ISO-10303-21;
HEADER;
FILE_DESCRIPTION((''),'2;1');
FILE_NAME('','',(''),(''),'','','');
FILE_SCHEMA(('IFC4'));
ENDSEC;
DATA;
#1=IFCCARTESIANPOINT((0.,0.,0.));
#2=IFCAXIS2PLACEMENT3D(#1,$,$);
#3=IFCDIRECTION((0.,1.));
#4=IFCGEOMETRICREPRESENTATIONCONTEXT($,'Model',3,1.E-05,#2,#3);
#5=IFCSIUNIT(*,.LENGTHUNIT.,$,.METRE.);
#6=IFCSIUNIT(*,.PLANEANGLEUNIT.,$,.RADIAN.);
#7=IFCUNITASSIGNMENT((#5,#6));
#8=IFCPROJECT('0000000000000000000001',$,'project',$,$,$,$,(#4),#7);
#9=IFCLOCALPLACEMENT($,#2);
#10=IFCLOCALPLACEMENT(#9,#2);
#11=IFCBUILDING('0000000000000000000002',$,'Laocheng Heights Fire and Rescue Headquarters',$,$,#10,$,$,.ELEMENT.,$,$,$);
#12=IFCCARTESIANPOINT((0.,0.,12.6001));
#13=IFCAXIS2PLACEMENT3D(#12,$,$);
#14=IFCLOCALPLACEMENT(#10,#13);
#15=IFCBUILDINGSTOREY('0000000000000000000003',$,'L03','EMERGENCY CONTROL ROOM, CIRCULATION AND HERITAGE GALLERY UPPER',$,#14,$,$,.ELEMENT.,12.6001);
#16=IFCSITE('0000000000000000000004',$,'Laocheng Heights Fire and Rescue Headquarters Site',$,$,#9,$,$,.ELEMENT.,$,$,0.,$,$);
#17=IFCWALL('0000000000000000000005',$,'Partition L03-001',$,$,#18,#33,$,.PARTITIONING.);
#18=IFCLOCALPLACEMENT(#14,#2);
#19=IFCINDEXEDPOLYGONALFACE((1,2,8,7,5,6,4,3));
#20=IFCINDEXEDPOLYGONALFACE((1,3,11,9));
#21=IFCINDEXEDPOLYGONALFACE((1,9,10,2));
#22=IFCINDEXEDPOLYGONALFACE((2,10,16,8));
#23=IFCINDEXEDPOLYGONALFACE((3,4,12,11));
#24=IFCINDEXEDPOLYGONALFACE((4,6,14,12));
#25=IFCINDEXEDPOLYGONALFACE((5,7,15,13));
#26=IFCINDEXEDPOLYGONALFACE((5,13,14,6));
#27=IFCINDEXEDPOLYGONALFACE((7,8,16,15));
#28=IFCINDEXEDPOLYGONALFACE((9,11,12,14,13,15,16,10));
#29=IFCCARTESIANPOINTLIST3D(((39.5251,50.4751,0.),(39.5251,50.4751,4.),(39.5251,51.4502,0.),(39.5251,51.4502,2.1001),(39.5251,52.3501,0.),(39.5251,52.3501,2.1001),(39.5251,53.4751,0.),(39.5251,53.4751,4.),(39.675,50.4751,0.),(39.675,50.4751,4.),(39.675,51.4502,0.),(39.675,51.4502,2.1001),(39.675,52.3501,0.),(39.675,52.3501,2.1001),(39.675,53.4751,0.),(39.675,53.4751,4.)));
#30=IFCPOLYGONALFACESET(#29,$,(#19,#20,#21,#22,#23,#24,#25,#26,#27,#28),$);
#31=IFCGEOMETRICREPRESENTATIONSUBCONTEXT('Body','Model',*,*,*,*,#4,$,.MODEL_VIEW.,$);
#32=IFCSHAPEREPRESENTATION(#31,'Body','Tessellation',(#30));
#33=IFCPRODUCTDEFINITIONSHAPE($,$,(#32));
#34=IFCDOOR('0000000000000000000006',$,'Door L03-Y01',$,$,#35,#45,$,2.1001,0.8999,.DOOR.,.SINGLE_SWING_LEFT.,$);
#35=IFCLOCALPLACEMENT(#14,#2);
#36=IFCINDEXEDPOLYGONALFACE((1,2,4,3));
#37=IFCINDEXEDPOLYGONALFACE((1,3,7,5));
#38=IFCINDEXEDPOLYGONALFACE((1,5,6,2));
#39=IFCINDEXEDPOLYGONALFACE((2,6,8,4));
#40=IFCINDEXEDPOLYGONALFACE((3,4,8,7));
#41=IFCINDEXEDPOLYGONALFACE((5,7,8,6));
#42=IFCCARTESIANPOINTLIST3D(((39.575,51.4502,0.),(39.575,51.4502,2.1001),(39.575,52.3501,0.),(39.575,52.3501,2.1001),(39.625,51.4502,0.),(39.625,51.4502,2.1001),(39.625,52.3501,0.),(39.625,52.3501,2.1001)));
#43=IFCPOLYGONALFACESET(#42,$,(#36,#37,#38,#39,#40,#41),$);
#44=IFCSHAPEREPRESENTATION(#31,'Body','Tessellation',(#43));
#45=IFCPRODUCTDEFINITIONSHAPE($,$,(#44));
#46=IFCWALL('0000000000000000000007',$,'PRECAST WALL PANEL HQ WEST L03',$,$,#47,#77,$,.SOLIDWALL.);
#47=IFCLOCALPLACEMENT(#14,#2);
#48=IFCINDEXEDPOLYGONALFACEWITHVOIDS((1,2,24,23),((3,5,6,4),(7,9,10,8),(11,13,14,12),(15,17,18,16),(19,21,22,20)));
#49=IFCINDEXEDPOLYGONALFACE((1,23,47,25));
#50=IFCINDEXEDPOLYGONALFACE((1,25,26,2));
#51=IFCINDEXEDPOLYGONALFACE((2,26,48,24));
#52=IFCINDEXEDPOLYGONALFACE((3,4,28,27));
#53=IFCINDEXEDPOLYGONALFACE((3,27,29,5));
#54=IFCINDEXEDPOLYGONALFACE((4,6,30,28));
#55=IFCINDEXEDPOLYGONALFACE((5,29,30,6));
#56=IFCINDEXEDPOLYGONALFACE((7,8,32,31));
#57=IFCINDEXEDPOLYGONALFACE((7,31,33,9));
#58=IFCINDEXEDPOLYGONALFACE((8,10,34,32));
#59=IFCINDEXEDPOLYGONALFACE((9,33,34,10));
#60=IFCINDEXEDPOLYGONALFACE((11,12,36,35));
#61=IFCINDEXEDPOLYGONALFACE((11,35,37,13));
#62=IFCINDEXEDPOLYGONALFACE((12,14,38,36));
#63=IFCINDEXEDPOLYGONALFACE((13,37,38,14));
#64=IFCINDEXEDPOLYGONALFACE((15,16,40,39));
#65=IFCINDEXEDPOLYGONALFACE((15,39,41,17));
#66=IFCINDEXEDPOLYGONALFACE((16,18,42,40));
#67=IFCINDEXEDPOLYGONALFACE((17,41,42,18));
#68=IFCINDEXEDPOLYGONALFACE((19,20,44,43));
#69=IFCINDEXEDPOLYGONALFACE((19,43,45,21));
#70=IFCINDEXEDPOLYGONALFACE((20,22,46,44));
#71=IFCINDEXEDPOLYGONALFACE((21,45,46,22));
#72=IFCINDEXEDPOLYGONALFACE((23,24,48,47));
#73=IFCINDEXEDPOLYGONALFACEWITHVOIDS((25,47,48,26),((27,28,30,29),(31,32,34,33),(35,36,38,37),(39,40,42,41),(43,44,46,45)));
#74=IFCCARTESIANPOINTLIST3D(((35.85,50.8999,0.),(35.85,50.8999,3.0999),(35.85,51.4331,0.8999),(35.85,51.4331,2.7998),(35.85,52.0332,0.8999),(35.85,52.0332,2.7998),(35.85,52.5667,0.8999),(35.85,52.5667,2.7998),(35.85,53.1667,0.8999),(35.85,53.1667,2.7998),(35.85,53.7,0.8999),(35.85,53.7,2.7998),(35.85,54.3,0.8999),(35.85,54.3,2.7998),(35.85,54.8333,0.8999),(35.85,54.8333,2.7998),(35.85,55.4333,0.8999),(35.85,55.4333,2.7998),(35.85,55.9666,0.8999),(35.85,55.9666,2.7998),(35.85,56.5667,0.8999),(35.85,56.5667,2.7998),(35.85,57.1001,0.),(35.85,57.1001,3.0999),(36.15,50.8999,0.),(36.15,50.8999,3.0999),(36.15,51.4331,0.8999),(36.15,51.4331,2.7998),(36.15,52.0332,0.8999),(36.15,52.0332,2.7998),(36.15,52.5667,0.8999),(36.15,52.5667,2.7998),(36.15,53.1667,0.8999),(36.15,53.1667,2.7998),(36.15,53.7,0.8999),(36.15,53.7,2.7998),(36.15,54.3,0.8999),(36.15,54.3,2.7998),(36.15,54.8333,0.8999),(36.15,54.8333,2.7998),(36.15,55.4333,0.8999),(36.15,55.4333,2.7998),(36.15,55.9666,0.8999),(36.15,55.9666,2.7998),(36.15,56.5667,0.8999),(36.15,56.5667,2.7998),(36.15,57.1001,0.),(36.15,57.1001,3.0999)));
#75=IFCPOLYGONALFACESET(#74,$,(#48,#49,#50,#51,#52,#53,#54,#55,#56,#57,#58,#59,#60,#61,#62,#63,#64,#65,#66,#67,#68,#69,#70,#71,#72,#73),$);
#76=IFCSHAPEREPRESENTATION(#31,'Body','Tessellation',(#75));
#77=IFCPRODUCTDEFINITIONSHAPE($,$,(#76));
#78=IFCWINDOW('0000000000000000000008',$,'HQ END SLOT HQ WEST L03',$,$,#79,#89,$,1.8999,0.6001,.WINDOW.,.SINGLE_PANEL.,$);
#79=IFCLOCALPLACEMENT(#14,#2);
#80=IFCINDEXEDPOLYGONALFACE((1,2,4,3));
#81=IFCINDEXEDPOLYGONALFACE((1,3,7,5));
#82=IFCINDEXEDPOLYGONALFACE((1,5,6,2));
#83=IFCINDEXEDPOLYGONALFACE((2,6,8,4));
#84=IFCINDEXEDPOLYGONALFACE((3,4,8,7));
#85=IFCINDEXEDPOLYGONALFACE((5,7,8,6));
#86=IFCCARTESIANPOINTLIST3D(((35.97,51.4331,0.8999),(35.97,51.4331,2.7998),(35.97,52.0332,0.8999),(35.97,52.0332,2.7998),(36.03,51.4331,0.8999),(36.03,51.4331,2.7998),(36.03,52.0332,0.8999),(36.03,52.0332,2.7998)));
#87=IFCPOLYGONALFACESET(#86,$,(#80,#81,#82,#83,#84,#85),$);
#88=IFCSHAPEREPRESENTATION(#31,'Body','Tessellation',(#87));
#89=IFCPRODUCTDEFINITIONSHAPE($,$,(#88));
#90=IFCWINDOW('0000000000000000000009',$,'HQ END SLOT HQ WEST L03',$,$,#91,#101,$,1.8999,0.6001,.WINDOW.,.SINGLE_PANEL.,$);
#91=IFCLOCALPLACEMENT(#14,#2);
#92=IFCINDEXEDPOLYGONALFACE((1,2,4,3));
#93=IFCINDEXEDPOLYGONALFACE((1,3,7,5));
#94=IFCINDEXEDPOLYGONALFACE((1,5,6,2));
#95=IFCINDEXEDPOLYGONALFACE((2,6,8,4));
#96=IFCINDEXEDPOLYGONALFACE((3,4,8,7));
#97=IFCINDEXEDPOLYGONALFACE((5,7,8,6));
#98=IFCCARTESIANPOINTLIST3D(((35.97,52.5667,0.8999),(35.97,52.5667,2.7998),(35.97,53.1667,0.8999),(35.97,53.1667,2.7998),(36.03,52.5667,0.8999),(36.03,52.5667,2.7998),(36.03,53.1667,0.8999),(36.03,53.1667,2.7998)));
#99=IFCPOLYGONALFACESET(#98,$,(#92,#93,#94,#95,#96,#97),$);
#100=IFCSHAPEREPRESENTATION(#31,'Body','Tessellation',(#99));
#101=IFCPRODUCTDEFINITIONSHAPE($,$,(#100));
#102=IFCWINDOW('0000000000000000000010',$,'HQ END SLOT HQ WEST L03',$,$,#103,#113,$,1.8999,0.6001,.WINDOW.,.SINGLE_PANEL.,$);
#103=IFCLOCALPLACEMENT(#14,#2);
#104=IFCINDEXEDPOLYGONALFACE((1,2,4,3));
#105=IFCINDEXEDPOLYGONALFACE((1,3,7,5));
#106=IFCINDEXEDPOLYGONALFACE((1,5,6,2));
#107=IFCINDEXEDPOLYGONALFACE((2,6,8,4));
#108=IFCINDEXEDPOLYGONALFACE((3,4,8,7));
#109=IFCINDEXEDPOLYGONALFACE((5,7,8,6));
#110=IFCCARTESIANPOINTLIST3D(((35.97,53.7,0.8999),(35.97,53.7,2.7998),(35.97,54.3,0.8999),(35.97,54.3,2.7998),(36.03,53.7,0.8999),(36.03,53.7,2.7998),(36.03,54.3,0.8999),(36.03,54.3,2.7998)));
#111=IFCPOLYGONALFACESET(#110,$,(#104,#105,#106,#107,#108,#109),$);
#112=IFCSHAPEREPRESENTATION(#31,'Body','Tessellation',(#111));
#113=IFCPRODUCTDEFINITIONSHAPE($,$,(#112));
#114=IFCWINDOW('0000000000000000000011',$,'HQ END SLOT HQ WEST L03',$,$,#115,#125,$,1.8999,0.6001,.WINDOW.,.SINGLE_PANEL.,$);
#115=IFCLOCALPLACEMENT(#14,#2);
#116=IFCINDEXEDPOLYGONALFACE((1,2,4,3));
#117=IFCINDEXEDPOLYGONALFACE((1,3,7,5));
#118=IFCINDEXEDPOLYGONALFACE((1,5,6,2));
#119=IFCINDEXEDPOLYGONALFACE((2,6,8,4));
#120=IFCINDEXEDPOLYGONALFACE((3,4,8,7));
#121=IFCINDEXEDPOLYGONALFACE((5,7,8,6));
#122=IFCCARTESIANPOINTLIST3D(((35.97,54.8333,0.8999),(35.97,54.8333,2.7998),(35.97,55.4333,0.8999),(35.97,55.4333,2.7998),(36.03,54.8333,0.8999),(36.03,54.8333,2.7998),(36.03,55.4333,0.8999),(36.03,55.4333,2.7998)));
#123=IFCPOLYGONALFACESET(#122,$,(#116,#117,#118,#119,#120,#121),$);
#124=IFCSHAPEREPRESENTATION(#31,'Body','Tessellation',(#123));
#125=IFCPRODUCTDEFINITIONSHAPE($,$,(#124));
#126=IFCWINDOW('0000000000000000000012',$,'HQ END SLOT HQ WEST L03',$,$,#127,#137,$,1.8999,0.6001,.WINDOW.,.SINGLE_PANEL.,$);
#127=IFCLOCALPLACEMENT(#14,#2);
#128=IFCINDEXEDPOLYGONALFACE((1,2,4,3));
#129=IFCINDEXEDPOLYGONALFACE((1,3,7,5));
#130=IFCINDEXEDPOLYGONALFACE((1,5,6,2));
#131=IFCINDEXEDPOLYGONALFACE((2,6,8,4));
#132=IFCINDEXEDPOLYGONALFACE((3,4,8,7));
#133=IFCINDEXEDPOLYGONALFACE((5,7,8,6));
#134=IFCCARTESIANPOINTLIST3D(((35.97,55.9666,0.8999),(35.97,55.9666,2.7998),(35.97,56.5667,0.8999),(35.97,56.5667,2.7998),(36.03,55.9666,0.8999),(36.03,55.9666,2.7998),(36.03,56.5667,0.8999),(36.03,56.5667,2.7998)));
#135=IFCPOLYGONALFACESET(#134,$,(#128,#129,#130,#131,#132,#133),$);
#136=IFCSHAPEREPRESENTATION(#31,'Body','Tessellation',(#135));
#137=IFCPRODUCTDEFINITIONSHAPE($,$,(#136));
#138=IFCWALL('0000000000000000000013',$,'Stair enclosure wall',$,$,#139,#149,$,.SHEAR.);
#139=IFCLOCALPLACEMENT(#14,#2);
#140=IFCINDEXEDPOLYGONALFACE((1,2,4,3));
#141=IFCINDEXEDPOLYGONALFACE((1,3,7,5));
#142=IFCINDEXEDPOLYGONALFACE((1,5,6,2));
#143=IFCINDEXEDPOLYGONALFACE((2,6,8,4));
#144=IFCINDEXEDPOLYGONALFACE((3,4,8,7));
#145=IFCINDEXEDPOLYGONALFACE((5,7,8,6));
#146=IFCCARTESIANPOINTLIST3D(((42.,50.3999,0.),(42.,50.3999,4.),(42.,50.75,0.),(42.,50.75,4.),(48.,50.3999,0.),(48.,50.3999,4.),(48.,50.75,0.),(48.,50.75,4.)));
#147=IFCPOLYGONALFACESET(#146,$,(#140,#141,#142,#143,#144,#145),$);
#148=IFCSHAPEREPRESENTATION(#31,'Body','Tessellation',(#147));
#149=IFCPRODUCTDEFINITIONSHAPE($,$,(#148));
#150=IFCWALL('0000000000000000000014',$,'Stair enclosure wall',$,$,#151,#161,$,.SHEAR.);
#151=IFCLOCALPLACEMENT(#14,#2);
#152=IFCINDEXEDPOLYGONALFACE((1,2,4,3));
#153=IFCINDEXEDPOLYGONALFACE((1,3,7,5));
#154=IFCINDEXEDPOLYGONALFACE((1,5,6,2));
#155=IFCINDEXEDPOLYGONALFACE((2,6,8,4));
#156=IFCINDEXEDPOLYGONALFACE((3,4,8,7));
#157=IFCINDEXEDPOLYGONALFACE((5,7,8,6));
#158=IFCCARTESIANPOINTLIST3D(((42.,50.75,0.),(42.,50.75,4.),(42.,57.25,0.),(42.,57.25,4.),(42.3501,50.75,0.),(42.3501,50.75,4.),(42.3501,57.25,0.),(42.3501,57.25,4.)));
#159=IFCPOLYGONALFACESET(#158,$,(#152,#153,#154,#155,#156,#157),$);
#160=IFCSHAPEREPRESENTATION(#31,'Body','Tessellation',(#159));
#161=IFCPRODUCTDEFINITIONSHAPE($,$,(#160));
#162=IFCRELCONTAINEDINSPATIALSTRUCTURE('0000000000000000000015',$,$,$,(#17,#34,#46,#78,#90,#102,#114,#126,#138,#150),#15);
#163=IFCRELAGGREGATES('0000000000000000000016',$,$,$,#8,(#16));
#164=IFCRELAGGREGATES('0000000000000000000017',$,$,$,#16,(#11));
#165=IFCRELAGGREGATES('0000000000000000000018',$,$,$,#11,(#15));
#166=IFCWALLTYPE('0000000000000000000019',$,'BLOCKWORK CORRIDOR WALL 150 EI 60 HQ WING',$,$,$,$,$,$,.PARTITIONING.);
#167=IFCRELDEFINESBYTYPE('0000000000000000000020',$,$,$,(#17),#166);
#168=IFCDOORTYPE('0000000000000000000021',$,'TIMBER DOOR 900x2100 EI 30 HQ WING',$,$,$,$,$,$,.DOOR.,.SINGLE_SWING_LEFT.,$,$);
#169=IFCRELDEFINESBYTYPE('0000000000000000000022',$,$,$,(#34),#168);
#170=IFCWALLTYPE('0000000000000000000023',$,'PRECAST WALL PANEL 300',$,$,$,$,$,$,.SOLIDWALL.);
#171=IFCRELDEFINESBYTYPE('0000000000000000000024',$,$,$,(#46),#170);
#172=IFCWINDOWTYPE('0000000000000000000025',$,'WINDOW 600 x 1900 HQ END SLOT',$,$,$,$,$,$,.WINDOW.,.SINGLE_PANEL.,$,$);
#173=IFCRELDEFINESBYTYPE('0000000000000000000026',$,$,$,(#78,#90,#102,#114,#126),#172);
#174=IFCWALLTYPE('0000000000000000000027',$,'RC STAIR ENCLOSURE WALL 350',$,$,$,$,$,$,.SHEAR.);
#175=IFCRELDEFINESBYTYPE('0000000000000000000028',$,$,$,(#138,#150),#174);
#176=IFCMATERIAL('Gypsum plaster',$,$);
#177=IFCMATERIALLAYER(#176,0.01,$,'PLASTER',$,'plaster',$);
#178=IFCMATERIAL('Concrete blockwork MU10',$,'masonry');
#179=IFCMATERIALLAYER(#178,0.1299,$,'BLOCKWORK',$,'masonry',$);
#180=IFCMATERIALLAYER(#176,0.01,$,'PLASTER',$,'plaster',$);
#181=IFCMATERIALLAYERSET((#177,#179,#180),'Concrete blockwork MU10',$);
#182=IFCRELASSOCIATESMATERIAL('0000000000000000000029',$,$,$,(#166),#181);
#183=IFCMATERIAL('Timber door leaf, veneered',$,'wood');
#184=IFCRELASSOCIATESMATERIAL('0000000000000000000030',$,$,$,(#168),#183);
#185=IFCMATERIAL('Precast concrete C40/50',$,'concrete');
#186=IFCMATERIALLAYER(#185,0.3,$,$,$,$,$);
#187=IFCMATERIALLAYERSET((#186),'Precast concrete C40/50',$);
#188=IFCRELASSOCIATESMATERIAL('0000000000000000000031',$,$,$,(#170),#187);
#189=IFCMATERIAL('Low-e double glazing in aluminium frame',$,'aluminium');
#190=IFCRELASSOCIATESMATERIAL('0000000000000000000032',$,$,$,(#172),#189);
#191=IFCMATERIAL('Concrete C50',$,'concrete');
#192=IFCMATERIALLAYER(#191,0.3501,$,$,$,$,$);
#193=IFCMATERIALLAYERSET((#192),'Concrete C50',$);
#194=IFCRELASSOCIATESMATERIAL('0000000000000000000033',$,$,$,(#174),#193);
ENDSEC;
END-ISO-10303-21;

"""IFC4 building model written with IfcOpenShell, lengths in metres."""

from ifc_helpers import new_model, si_unit, direction, frame, frame_2d, origin, place, context, subcontext, project, spatial, rectangle, extrude, material, layer, layer_set, type_object, element, fill, save


model = new_model("IFC4")

# Units and contexts
model_context = context("Model", 3, precision=1e-05, world=origin(), true_north=direction((0.0, 1.0)))
body_context = subcontext(model_context, "Body", "Model", "MODEL_VIEW")
ifc_project = project(units=[si_unit("LENGTHUNIT", "METRE"), si_unit("PLANEANGLEUNIT", "RADIAN")], contexts=[model_context])

# Site, building, storey
site_placement = place(None, origin())
site = spatial("IfcSite", under=ifc_project, at=site_placement, Name="Laocheng Heights Fire and Rescue Headquarters Site", CompositionType="ELEMENT", RefElevation=0.0)
building_placement = place(site_placement, origin())
building = spatial("IfcBuilding", under=site, at=building_placement, Name="Laocheng Heights Fire and Rescue Headquarters", CompositionType="ELEMENT")
storey_placement = place(building_placement, frame((0.0, 0.0, 12.6001)))
storey = spatial("IfcBuildingStorey", under=building, at=storey_placement, Name="L03", Description="EMERGENCY CONTROL ROOM, CIRCULATION AND HERITAGE GALLERY UPPER", CompositionType="ELEMENT", Elevation=12.6001)

# Wall, opening, door
ifc_material_1 = material(Name="Gypsum plaster")
ifc_layer_1 = layer(ifc_material_1, 0.01, Name="PLASTER", Category="plaster")
ifc_material_2 = material(Name="Concrete blockwork MU10", Category="masonry")
ifc_layer_2 = layer(ifc_material_2, 0.1299, Name="BLOCKWORK", Category="masonry")
ifc_layer_3 = layer(ifc_material_1, 0.01, Name="PLASTER", Category="plaster")
ifc_layer_set_1 = layer_set([ifc_layer_1, ifc_layer_2, ifc_layer_3], Name="Concrete blockwork MU10")
wall_type_1 = type_object("IfcWallType", Name="BLOCKWORK CORRIDOR WALL 150 EI 60 HQ WING", PredefinedType="PARTITIONING", material=ifc_layer_set_1)
wall_1_placement = place(storey_placement, frame((39.6001, 50.4751, 0.0), z_axis=(0.0, 0.0, 1.0), x_axis=(0.0, 1.0, 0.0)))
wall_1 = element("IfcWall", 1, at=wall_1_placement, inside=storey, type_object=wall_type_1, Name="Partition L03-001", PredefinedType="PARTITIONING", context=body_context, shape_type="SweptSolid", body=[
    extrude(rectangle(XDim=3.0, YDim=0.1499, at=frame_2d((1.5, 0.0))), origin(), (0.0, 0.0, 1.0), 4.0),
])
opening_1_placement = place(wall_1_placement, frame((0.9751, 0.0, 0.0)))
opening_1 = element("IfcOpeningElement", 2, at=opening_1_placement, cuts=wall_1, PredefinedType="OPENING", context=body_context, shape_type="SweptSolid", body=[
    extrude(rectangle(XDim=0.8999, YDim=2.1001, at=frame_2d((0.45, 1.05))), frame((0.0, 0.085, 0.0), z_axis=(0.0, -1.0, 0.0), x_axis=(1.0, 0.0, 0.0)), (0.0, 0.0, 1.0), 0.1699),
])
ifc_material_3 = material(Name="Timber door leaf, veneered", Category="wood")
door_type = type_object("IfcDoorType", Name="TIMBER DOOR 900x2100 EI 30 HQ WING", OperationType="SINGLE_SWING_LEFT", PredefinedType="DOOR", material=ifc_material_3)
door_placement = place(opening_1_placement, frame((0.8999, 0.0, 0.0), z_axis=(0.0, 0.0, 1.0), x_axis=(-1.0, 0.0, 0.0)))
door = element("IfcDoor", 3, at=door_placement, inside=storey, type_object=door_type, Name="Door L03-Y01", OperationType="SINGLE_SWING_LEFT", OverallHeight=2.1001, OverallWidth=0.8999, PredefinedType="DOOR", context=body_context, shape_type="SweptSolid", body=[
    extrude(rectangle(XDim=0.8999, YDim=2.1001, at=frame_2d((0.45, 1.05))), frame((0.0, 0.0249, 0.0), z_axis=(0.0, -1.0, 0.0), x_axis=(1.0, 0.0, 0.0)), (0.0, 0.0, 1.0), 0.05),
])
fill(opening_1, door)

# Wall, openings, windows
ifc_material_4 = material(Name="Precast concrete C40/50", Category="concrete")
ifc_layer_4 = layer(ifc_material_4, 0.3)
ifc_layer_set_2 = layer_set([ifc_layer_4], Name="Precast concrete C40/50")
wall_type_2 = type_object("IfcWallType", Name="PRECAST WALL PANEL 300", PredefinedType="SOLIDWALL", material=ifc_layer_set_2)
wall_2_placement = place(storey_placement, frame((36.0, 50.8999, 0.0), z_axis=(0.0, 0.0, 1.0), x_axis=(0.0, 1.0, 0.0)))
wall_2 = element("IfcWall", 4, at=wall_2_placement, inside=storey, type_object=wall_type_2, Name="PRECAST WALL PANEL HQ WEST L03", PredefinedType="SOLIDWALL", context=body_context, shape_type="SweptSolid", body=[
    extrude(rectangle(XDim=6.2002, YDim=0.3, at=frame_2d((3.1001, 0.0))), origin(), (0.0, 0.0, 1.0), 3.0999),
])
opening_2_placement = place(wall_2_placement, frame((0.5332, 0.0, 0.8999)))
opening_2 = element("IfcOpeningElement", 5, at=opening_2_placement, cuts=wall_2, PredefinedType="OPENING", context=body_context, shape_type="SweptSolid", body=[
    extrude(rectangle(XDim=0.6001, YDim=1.8999, at=frame_2d((0.3, 0.95))), frame((0.0, 0.1599, 0.0), z_axis=(0.0, -1.0, 0.0), x_axis=(1.0, 0.0, 0.0)), (0.0, 0.0, 1.0), 0.3201),
])
opening_3_placement = place(wall_2_placement, frame((1.6667, 0.0, 0.8999)))
opening_3 = element("IfcOpeningElement", 6, at=opening_3_placement, cuts=wall_2, PredefinedType="OPENING", context=body_context, shape_type="SweptSolid", body=[
    extrude(rectangle(XDim=0.6001, YDim=1.8999, at=frame_2d((0.3, 0.95))), frame((0.0, 0.1599, 0.0), z_axis=(0.0, -1.0, 0.0), x_axis=(1.0, 0.0, 0.0)), (0.0, 0.0, 1.0), 0.3201),
])
opening_4_placement = place(wall_2_placement, frame((2.8, 0.0, 0.8999)))
opening_4 = element("IfcOpeningElement", 7, at=opening_4_placement, cuts=wall_2, PredefinedType="OPENING", context=body_context, shape_type="SweptSolid", body=[
    extrude(rectangle(XDim=0.6001, YDim=1.8999, at=frame_2d((0.3, 0.95))), frame((0.0, 0.1599, 0.0), z_axis=(0.0, -1.0, 0.0), x_axis=(1.0, 0.0, 0.0)), (0.0, 0.0, 1.0), 0.3201),
])
opening_5_placement = place(wall_2_placement, frame((3.9333, 0.0, 0.8999)))
opening_5 = element("IfcOpeningElement", 8, at=opening_5_placement, cuts=wall_2, PredefinedType="OPENING", context=body_context, shape_type="SweptSolid", body=[
    extrude(rectangle(XDim=0.6001, YDim=1.8999, at=frame_2d((0.3, 0.95))), frame((0.0, 0.1599, 0.0), z_axis=(0.0, -1.0, 0.0), x_axis=(1.0, 0.0, 0.0)), (0.0, 0.0, 1.0), 0.3201),
])
opening_6_placement = place(wall_2_placement, frame((5.0667, 0.0, 0.8999)))
opening_6 = element("IfcOpeningElement", 9, at=opening_6_placement, cuts=wall_2, PredefinedType="OPENING", context=body_context, shape_type="SweptSolid", body=[
    extrude(rectangle(XDim=0.6001, YDim=1.8999, at=frame_2d((0.3, 0.95))), frame((0.0, 0.1599, 0.0), z_axis=(0.0, -1.0, 0.0), x_axis=(1.0, 0.0, 0.0)), (0.0, 0.0, 1.0), 0.3201),
])
ifc_material_5 = material(Name="Low-e double glazing in aluminium frame", Category="aluminium")
window_type = type_object("IfcWindowType", Name="WINDOW 600 x 1900 HQ END SLOT", PartitioningType="SINGLE_PANEL", PredefinedType="WINDOW", material=ifc_material_5)
window_1_placement = place(opening_2_placement, origin())
window_1 = element("IfcWindow", 10, at=window_1_placement, inside=storey, type_object=window_type, Name="HQ END SLOT HQ WEST L03", OverallHeight=1.8999, OverallWidth=0.6001, PartitioningType="SINGLE_PANEL", PredefinedType="WINDOW", context=body_context, shape_type="SweptSolid", body=[
    extrude(rectangle(XDim=0.6001, YDim=1.8999, at=frame_2d((0.3, 0.95))), frame((0.0, 0.03, 0.0), z_axis=(0.0, -1.0, 0.0), x_axis=(1.0, 0.0, 0.0)), (0.0, 0.0, 1.0), 0.0601),
])
fill(opening_2, window_1)
window_2_placement = place(opening_3_placement, origin())
window_2 = element("IfcWindow", 11, at=window_2_placement, inside=storey, type_object=window_type, Name="HQ END SLOT HQ WEST L03", OverallHeight=1.8999, OverallWidth=0.6001, PartitioningType="SINGLE_PANEL", PredefinedType="WINDOW", context=body_context, shape_type="SweptSolid", body=[
    extrude(rectangle(XDim=0.6001, YDim=1.8999, at=frame_2d((0.3, 0.95))), frame((0.0, 0.03, 0.0), z_axis=(0.0, -1.0, 0.0), x_axis=(1.0, 0.0, 0.0)), (0.0, 0.0, 1.0), 0.0601),
])
fill(opening_3, window_2)
window_3_placement = place(opening_4_placement, origin())
window_3 = element("IfcWindow", 12, at=window_3_placement, inside=storey, type_object=window_type, Name="HQ END SLOT HQ WEST L03", OverallHeight=1.8999, OverallWidth=0.6001, PartitioningType="SINGLE_PANEL", PredefinedType="WINDOW", context=body_context, shape_type="SweptSolid", body=[
    extrude(rectangle(XDim=0.6001, YDim=1.8999, at=frame_2d((0.3, 0.95))), frame((0.0, 0.03, 0.0), z_axis=(0.0, -1.0, 0.0), x_axis=(1.0, 0.0, 0.0)), (0.0, 0.0, 1.0), 0.0601),
])
fill(opening_4, window_3)
window_4_placement = place(opening_5_placement, origin())
window_4 = element("IfcWindow", 13, at=window_4_placement, inside=storey, type_object=window_type, Name="HQ END SLOT HQ WEST L03", OverallHeight=1.8999, OverallWidth=0.6001, PartitioningType="SINGLE_PANEL", PredefinedType="WINDOW", context=body_context, shape_type="SweptSolid", body=[
    extrude(rectangle(XDim=0.6001, YDim=1.8999, at=frame_2d((0.3, 0.95))), frame((0.0, 0.03, 0.0), z_axis=(0.0, -1.0, 0.0), x_axis=(1.0, 0.0, 0.0)), (0.0, 0.0, 1.0), 0.0601),
])
fill(opening_5, window_4)
window_5_placement = place(opening_6_placement, origin())
window_5 = element("IfcWindow", 14, at=window_5_placement, inside=storey, type_object=window_type, Name="HQ END SLOT HQ WEST L03", OverallHeight=1.8999, OverallWidth=0.6001, PartitioningType="SINGLE_PANEL", PredefinedType="WINDOW", context=body_context, shape_type="SweptSolid", body=[
    extrude(rectangle(XDim=0.6001, YDim=1.8999, at=frame_2d((0.3, 0.95))), frame((0.0, 0.03, 0.0), z_axis=(0.0, -1.0, 0.0), x_axis=(1.0, 0.0, 0.0)), (0.0, 0.0, 1.0), 0.0601),
])
fill(opening_6, window_5)

# Walls
ifc_material_6 = material(Name="Concrete C50", Category="concrete")
ifc_layer_5 = layer(ifc_material_6, 0.3501)
ifc_layer_set_3 = layer_set([ifc_layer_5], Name="Concrete C50")
wall_type_3 = type_object("IfcWallType", Name="RC STAIR ENCLOSURE WALL 350", PredefinedType="SHEAR", material=ifc_layer_set_3)
wall_3_placement = place(storey_placement, frame((42.0, 50.575, 0.0), z_axis=(0.0, 0.0, 1.0), x_axis=(1.0, 0.0, 0.0)))
element("IfcWall", 15, at=wall_3_placement, inside=storey, type_object=wall_type_3, Name="Stair enclosure wall", PredefinedType="SHEAR", context=body_context, shape_type="SweptSolid", body=[
    extrude(rectangle(XDim=6.0, YDim=0.3501, at=frame_2d((3.0, 0.0))), origin(), (0.0, 0.0, 1.0), 4.0),
])
wall_4_placement = place(storey_placement, frame((42.175, 50.75, 0.0), z_axis=(0.0, 0.0, 1.0), x_axis=(0.0, 1.0, 0.0)))
element("IfcWall", 16, at=wall_4_placement, inside=storey, type_object=wall_type_3, Name="Stair enclosure wall", PredefinedType="SHEAR", context=body_context, shape_type="SweptSolid", body=[
    extrude(rectangle(XDim=6.5, YDim=0.3501, at=frame_2d((3.25, 0.0))), origin(), (0.0, 0.0, 1.0), 4.0),
])

save(model, "model.ifc")
